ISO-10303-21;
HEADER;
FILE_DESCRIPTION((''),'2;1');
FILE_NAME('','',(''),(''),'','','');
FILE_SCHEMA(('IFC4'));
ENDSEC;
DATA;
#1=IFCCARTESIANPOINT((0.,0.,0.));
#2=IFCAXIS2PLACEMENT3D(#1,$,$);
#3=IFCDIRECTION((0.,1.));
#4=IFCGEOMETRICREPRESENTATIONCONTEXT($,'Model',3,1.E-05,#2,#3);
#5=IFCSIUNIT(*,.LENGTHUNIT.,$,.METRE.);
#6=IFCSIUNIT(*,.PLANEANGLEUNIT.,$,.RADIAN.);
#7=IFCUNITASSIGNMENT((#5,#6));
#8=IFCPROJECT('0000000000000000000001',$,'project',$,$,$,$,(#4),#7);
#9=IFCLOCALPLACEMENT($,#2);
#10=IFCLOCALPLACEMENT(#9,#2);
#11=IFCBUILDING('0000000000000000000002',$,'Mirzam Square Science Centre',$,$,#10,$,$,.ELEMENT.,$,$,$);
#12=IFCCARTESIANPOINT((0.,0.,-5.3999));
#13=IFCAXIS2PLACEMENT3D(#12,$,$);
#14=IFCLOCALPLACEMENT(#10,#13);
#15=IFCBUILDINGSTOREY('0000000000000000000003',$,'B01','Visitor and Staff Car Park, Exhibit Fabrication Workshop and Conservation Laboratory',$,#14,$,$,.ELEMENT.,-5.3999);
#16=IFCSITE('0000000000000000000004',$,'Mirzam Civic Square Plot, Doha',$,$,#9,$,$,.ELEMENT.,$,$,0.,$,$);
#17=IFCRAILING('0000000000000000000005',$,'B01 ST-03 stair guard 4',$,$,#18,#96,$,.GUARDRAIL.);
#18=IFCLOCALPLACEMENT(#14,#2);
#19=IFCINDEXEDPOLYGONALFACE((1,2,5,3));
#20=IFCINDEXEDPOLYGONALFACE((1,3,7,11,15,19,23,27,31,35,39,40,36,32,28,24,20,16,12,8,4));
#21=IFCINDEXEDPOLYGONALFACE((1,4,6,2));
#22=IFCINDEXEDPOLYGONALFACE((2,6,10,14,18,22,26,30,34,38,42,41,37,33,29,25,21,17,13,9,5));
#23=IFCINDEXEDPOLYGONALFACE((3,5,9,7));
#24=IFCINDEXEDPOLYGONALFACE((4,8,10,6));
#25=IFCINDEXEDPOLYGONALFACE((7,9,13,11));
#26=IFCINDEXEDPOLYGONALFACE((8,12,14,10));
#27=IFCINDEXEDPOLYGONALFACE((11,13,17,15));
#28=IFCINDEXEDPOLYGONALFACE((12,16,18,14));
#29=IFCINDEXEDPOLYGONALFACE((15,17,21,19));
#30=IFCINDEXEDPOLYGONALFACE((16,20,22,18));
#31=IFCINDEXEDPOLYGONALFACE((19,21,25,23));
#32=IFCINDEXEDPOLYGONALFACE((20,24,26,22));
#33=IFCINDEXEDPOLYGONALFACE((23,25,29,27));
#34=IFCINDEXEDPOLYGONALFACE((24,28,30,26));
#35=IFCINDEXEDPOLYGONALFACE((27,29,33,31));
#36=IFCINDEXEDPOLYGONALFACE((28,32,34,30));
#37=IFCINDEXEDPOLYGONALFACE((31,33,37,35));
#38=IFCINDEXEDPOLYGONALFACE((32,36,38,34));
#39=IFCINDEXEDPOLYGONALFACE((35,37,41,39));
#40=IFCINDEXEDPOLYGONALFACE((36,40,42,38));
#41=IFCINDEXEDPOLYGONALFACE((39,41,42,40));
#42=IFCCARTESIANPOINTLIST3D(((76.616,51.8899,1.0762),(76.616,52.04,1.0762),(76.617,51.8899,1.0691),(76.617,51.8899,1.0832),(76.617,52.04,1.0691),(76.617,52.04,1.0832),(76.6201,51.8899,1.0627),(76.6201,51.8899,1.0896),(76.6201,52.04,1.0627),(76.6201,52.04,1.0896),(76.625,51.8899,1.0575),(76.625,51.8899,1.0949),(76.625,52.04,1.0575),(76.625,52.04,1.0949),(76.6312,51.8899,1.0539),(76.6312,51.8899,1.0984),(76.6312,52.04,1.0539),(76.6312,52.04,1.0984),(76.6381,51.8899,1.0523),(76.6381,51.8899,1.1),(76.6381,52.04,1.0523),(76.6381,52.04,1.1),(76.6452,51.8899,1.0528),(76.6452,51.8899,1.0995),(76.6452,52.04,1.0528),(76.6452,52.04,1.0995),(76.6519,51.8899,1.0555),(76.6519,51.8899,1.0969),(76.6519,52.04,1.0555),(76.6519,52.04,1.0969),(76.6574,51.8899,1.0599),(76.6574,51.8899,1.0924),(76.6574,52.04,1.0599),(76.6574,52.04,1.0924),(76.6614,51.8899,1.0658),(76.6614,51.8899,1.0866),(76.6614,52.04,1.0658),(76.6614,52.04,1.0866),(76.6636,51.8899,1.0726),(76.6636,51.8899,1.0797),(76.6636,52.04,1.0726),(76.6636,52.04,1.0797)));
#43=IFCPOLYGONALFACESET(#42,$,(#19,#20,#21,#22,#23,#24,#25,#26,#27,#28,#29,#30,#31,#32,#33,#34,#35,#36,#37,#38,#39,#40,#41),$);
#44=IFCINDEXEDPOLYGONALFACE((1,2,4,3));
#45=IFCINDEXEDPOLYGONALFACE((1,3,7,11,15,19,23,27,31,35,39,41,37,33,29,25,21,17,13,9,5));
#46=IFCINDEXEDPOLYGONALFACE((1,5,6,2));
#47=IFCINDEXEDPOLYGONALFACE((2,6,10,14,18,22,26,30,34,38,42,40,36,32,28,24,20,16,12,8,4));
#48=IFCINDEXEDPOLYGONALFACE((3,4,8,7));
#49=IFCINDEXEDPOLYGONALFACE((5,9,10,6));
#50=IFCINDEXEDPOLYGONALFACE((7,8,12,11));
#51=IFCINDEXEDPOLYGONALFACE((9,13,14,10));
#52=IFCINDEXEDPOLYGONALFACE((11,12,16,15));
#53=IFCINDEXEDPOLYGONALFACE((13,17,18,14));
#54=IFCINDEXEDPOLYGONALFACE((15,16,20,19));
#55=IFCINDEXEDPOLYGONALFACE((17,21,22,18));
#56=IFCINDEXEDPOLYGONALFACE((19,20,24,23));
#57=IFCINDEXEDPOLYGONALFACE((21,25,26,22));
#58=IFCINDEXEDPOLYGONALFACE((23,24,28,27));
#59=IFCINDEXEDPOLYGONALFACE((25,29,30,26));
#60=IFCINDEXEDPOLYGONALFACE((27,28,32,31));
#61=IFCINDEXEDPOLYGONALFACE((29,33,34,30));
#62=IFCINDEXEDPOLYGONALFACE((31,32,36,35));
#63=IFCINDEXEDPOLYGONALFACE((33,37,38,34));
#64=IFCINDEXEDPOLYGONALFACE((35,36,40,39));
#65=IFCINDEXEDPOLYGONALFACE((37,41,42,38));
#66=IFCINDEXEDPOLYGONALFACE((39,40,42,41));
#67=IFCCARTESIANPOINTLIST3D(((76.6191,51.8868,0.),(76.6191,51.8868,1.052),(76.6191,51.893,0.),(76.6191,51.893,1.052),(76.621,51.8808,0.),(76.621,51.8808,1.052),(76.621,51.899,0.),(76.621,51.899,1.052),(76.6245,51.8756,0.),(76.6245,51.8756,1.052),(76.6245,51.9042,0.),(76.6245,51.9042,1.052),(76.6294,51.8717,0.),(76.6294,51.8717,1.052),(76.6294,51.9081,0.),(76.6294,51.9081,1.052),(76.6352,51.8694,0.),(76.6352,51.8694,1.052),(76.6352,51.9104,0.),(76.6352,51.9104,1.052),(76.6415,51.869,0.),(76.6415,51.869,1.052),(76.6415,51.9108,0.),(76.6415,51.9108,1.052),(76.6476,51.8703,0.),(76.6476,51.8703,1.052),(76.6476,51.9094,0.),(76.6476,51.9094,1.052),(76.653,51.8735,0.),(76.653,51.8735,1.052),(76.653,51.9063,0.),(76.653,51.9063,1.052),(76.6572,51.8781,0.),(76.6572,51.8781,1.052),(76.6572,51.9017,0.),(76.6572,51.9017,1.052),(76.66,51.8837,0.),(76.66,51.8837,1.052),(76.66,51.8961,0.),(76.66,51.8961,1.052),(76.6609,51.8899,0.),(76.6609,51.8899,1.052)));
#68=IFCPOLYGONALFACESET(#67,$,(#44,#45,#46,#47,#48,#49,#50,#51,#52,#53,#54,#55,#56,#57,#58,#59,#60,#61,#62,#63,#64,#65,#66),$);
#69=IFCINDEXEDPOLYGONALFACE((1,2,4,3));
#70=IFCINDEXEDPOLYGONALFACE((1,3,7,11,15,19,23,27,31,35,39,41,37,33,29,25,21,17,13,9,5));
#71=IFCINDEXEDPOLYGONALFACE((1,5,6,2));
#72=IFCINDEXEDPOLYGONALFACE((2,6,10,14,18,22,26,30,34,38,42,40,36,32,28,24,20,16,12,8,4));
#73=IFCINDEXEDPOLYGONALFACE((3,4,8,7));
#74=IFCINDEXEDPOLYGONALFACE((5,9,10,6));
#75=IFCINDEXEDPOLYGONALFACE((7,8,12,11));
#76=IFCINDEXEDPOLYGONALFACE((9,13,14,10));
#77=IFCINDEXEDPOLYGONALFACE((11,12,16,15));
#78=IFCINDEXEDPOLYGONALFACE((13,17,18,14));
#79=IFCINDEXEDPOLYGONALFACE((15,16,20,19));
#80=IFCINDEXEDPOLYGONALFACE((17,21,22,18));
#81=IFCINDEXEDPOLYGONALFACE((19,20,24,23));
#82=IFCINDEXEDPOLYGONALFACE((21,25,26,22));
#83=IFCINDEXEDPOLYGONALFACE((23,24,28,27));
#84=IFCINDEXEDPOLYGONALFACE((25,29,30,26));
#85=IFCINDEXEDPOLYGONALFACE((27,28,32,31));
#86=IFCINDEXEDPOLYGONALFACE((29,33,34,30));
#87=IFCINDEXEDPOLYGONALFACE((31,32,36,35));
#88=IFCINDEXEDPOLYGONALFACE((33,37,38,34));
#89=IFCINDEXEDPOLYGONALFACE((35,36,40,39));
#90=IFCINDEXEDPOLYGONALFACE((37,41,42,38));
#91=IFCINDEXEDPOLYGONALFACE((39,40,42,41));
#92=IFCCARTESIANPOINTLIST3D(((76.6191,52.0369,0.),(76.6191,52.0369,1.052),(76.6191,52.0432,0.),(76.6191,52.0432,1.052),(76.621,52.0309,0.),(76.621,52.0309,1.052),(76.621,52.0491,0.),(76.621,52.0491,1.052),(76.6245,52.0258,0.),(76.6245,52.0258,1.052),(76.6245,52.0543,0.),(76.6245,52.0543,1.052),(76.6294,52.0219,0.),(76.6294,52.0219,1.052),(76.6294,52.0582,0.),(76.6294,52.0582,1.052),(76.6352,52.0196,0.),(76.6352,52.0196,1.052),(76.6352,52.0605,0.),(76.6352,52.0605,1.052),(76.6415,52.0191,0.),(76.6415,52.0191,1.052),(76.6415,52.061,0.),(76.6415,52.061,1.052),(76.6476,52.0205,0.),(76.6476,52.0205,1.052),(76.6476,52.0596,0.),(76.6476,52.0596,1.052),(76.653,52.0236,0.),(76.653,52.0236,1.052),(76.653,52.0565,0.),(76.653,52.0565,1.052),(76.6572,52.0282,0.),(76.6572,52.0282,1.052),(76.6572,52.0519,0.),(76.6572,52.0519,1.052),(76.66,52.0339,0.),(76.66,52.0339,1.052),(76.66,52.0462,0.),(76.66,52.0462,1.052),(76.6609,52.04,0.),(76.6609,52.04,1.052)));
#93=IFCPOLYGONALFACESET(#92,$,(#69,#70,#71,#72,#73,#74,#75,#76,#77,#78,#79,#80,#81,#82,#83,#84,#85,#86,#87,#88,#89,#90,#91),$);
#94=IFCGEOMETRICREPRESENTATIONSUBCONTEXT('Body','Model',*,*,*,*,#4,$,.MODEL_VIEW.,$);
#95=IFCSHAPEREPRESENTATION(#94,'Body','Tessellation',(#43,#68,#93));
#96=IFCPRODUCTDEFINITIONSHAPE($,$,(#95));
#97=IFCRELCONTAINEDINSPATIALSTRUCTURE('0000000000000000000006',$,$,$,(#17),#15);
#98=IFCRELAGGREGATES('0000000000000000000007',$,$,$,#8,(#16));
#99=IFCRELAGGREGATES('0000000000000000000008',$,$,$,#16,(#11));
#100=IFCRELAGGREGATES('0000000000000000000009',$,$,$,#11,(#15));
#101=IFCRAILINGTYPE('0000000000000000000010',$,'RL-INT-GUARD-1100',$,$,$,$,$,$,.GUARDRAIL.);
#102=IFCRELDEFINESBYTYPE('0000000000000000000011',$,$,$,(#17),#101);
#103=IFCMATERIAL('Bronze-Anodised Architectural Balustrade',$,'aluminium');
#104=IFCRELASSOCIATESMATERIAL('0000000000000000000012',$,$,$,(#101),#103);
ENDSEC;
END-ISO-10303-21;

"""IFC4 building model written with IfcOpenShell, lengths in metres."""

from ifc_helpers import new_model, si_unit, direction, frame, origin, origin_2d, place, context, subcontext, project, spatial, circle, extrude, material, type_object, element, save


model = new_model("IFC4")

# Units and contexts
model_context = context("Model", 3, precision=1e-05, world=origin(), true_north=direction((0.0, 1.0)))
body_context = subcontext(model_context, "Body", "Model", "MODEL_VIEW")
ifc_project = project(units=[si_unit("LENGTHUNIT", "METRE"), si_unit("PLANEANGLEUNIT", "RADIAN")], contexts=[model_context])

# Site, building, storey
site_placement = place(None, origin())
site = spatial("IfcSite", under=ifc_project, at=site_placement, Name="Mirzam Civic Square Plot, Doha", CompositionType="ELEMENT", RefElevation=0.0)
building_placement = place(site_placement, origin())
building = spatial("IfcBuilding", under=site, at=building_placement, Name="Mirzam Square Science Centre", CompositionType="ELEMENT")
storey_placement = place(building_placement, frame((0.0, 0.0, -5.3999)))
storey = spatial("IfcBuildingStorey", under=building, at=storey_placement, Name="B01", Description="Visitor and Staff Car Park, Exhibit Fabrication Workshop and Conservation Laboratory", CompositionType="ELEMENT", Elevation=-5.3999)

# Railing
ifc_material_1 = material(Name="Bronze-Anodised Architectural Balustrade", Category="aluminium")
railing_type_1 = type_object("IfcRailingType", Name="RL-INT-GUARD-1100", PredefinedType="GUARDRAIL", material=ifc_material_1)
railing_1_placement = place(storey_placement, frame((76.6399, 51.8899, 0.0)))
element("IfcRailing", 1, at=railing_1_placement, inside=storey, type_object=railing_type_1, Name="B01 ST-03 stair guard 4", PredefinedType="GUARDRAIL", context=body_context, shape_type="SweptSolid", body=[
    extrude(circle(Radius=0.0239, at=origin_2d()), frame((0.0, 0.0, 1.0762), z_axis=(0.0, 1.0, 0.0), x_axis=(-1.0, 0.0, 0.0)), (0.0, 0.0, 1.0), 0.1501),
    extrude(circle(Radius=0.021, at=origin_2d()), origin(), (0.0, 0.0, 1.0), 1.052),
    extrude(circle(Radius=0.021, at=origin_2d()), frame((0.0, 0.1501, 0.0)), (0.0, 0.0, 1.0), 1.052),
])

save(model, "model.ifc")
